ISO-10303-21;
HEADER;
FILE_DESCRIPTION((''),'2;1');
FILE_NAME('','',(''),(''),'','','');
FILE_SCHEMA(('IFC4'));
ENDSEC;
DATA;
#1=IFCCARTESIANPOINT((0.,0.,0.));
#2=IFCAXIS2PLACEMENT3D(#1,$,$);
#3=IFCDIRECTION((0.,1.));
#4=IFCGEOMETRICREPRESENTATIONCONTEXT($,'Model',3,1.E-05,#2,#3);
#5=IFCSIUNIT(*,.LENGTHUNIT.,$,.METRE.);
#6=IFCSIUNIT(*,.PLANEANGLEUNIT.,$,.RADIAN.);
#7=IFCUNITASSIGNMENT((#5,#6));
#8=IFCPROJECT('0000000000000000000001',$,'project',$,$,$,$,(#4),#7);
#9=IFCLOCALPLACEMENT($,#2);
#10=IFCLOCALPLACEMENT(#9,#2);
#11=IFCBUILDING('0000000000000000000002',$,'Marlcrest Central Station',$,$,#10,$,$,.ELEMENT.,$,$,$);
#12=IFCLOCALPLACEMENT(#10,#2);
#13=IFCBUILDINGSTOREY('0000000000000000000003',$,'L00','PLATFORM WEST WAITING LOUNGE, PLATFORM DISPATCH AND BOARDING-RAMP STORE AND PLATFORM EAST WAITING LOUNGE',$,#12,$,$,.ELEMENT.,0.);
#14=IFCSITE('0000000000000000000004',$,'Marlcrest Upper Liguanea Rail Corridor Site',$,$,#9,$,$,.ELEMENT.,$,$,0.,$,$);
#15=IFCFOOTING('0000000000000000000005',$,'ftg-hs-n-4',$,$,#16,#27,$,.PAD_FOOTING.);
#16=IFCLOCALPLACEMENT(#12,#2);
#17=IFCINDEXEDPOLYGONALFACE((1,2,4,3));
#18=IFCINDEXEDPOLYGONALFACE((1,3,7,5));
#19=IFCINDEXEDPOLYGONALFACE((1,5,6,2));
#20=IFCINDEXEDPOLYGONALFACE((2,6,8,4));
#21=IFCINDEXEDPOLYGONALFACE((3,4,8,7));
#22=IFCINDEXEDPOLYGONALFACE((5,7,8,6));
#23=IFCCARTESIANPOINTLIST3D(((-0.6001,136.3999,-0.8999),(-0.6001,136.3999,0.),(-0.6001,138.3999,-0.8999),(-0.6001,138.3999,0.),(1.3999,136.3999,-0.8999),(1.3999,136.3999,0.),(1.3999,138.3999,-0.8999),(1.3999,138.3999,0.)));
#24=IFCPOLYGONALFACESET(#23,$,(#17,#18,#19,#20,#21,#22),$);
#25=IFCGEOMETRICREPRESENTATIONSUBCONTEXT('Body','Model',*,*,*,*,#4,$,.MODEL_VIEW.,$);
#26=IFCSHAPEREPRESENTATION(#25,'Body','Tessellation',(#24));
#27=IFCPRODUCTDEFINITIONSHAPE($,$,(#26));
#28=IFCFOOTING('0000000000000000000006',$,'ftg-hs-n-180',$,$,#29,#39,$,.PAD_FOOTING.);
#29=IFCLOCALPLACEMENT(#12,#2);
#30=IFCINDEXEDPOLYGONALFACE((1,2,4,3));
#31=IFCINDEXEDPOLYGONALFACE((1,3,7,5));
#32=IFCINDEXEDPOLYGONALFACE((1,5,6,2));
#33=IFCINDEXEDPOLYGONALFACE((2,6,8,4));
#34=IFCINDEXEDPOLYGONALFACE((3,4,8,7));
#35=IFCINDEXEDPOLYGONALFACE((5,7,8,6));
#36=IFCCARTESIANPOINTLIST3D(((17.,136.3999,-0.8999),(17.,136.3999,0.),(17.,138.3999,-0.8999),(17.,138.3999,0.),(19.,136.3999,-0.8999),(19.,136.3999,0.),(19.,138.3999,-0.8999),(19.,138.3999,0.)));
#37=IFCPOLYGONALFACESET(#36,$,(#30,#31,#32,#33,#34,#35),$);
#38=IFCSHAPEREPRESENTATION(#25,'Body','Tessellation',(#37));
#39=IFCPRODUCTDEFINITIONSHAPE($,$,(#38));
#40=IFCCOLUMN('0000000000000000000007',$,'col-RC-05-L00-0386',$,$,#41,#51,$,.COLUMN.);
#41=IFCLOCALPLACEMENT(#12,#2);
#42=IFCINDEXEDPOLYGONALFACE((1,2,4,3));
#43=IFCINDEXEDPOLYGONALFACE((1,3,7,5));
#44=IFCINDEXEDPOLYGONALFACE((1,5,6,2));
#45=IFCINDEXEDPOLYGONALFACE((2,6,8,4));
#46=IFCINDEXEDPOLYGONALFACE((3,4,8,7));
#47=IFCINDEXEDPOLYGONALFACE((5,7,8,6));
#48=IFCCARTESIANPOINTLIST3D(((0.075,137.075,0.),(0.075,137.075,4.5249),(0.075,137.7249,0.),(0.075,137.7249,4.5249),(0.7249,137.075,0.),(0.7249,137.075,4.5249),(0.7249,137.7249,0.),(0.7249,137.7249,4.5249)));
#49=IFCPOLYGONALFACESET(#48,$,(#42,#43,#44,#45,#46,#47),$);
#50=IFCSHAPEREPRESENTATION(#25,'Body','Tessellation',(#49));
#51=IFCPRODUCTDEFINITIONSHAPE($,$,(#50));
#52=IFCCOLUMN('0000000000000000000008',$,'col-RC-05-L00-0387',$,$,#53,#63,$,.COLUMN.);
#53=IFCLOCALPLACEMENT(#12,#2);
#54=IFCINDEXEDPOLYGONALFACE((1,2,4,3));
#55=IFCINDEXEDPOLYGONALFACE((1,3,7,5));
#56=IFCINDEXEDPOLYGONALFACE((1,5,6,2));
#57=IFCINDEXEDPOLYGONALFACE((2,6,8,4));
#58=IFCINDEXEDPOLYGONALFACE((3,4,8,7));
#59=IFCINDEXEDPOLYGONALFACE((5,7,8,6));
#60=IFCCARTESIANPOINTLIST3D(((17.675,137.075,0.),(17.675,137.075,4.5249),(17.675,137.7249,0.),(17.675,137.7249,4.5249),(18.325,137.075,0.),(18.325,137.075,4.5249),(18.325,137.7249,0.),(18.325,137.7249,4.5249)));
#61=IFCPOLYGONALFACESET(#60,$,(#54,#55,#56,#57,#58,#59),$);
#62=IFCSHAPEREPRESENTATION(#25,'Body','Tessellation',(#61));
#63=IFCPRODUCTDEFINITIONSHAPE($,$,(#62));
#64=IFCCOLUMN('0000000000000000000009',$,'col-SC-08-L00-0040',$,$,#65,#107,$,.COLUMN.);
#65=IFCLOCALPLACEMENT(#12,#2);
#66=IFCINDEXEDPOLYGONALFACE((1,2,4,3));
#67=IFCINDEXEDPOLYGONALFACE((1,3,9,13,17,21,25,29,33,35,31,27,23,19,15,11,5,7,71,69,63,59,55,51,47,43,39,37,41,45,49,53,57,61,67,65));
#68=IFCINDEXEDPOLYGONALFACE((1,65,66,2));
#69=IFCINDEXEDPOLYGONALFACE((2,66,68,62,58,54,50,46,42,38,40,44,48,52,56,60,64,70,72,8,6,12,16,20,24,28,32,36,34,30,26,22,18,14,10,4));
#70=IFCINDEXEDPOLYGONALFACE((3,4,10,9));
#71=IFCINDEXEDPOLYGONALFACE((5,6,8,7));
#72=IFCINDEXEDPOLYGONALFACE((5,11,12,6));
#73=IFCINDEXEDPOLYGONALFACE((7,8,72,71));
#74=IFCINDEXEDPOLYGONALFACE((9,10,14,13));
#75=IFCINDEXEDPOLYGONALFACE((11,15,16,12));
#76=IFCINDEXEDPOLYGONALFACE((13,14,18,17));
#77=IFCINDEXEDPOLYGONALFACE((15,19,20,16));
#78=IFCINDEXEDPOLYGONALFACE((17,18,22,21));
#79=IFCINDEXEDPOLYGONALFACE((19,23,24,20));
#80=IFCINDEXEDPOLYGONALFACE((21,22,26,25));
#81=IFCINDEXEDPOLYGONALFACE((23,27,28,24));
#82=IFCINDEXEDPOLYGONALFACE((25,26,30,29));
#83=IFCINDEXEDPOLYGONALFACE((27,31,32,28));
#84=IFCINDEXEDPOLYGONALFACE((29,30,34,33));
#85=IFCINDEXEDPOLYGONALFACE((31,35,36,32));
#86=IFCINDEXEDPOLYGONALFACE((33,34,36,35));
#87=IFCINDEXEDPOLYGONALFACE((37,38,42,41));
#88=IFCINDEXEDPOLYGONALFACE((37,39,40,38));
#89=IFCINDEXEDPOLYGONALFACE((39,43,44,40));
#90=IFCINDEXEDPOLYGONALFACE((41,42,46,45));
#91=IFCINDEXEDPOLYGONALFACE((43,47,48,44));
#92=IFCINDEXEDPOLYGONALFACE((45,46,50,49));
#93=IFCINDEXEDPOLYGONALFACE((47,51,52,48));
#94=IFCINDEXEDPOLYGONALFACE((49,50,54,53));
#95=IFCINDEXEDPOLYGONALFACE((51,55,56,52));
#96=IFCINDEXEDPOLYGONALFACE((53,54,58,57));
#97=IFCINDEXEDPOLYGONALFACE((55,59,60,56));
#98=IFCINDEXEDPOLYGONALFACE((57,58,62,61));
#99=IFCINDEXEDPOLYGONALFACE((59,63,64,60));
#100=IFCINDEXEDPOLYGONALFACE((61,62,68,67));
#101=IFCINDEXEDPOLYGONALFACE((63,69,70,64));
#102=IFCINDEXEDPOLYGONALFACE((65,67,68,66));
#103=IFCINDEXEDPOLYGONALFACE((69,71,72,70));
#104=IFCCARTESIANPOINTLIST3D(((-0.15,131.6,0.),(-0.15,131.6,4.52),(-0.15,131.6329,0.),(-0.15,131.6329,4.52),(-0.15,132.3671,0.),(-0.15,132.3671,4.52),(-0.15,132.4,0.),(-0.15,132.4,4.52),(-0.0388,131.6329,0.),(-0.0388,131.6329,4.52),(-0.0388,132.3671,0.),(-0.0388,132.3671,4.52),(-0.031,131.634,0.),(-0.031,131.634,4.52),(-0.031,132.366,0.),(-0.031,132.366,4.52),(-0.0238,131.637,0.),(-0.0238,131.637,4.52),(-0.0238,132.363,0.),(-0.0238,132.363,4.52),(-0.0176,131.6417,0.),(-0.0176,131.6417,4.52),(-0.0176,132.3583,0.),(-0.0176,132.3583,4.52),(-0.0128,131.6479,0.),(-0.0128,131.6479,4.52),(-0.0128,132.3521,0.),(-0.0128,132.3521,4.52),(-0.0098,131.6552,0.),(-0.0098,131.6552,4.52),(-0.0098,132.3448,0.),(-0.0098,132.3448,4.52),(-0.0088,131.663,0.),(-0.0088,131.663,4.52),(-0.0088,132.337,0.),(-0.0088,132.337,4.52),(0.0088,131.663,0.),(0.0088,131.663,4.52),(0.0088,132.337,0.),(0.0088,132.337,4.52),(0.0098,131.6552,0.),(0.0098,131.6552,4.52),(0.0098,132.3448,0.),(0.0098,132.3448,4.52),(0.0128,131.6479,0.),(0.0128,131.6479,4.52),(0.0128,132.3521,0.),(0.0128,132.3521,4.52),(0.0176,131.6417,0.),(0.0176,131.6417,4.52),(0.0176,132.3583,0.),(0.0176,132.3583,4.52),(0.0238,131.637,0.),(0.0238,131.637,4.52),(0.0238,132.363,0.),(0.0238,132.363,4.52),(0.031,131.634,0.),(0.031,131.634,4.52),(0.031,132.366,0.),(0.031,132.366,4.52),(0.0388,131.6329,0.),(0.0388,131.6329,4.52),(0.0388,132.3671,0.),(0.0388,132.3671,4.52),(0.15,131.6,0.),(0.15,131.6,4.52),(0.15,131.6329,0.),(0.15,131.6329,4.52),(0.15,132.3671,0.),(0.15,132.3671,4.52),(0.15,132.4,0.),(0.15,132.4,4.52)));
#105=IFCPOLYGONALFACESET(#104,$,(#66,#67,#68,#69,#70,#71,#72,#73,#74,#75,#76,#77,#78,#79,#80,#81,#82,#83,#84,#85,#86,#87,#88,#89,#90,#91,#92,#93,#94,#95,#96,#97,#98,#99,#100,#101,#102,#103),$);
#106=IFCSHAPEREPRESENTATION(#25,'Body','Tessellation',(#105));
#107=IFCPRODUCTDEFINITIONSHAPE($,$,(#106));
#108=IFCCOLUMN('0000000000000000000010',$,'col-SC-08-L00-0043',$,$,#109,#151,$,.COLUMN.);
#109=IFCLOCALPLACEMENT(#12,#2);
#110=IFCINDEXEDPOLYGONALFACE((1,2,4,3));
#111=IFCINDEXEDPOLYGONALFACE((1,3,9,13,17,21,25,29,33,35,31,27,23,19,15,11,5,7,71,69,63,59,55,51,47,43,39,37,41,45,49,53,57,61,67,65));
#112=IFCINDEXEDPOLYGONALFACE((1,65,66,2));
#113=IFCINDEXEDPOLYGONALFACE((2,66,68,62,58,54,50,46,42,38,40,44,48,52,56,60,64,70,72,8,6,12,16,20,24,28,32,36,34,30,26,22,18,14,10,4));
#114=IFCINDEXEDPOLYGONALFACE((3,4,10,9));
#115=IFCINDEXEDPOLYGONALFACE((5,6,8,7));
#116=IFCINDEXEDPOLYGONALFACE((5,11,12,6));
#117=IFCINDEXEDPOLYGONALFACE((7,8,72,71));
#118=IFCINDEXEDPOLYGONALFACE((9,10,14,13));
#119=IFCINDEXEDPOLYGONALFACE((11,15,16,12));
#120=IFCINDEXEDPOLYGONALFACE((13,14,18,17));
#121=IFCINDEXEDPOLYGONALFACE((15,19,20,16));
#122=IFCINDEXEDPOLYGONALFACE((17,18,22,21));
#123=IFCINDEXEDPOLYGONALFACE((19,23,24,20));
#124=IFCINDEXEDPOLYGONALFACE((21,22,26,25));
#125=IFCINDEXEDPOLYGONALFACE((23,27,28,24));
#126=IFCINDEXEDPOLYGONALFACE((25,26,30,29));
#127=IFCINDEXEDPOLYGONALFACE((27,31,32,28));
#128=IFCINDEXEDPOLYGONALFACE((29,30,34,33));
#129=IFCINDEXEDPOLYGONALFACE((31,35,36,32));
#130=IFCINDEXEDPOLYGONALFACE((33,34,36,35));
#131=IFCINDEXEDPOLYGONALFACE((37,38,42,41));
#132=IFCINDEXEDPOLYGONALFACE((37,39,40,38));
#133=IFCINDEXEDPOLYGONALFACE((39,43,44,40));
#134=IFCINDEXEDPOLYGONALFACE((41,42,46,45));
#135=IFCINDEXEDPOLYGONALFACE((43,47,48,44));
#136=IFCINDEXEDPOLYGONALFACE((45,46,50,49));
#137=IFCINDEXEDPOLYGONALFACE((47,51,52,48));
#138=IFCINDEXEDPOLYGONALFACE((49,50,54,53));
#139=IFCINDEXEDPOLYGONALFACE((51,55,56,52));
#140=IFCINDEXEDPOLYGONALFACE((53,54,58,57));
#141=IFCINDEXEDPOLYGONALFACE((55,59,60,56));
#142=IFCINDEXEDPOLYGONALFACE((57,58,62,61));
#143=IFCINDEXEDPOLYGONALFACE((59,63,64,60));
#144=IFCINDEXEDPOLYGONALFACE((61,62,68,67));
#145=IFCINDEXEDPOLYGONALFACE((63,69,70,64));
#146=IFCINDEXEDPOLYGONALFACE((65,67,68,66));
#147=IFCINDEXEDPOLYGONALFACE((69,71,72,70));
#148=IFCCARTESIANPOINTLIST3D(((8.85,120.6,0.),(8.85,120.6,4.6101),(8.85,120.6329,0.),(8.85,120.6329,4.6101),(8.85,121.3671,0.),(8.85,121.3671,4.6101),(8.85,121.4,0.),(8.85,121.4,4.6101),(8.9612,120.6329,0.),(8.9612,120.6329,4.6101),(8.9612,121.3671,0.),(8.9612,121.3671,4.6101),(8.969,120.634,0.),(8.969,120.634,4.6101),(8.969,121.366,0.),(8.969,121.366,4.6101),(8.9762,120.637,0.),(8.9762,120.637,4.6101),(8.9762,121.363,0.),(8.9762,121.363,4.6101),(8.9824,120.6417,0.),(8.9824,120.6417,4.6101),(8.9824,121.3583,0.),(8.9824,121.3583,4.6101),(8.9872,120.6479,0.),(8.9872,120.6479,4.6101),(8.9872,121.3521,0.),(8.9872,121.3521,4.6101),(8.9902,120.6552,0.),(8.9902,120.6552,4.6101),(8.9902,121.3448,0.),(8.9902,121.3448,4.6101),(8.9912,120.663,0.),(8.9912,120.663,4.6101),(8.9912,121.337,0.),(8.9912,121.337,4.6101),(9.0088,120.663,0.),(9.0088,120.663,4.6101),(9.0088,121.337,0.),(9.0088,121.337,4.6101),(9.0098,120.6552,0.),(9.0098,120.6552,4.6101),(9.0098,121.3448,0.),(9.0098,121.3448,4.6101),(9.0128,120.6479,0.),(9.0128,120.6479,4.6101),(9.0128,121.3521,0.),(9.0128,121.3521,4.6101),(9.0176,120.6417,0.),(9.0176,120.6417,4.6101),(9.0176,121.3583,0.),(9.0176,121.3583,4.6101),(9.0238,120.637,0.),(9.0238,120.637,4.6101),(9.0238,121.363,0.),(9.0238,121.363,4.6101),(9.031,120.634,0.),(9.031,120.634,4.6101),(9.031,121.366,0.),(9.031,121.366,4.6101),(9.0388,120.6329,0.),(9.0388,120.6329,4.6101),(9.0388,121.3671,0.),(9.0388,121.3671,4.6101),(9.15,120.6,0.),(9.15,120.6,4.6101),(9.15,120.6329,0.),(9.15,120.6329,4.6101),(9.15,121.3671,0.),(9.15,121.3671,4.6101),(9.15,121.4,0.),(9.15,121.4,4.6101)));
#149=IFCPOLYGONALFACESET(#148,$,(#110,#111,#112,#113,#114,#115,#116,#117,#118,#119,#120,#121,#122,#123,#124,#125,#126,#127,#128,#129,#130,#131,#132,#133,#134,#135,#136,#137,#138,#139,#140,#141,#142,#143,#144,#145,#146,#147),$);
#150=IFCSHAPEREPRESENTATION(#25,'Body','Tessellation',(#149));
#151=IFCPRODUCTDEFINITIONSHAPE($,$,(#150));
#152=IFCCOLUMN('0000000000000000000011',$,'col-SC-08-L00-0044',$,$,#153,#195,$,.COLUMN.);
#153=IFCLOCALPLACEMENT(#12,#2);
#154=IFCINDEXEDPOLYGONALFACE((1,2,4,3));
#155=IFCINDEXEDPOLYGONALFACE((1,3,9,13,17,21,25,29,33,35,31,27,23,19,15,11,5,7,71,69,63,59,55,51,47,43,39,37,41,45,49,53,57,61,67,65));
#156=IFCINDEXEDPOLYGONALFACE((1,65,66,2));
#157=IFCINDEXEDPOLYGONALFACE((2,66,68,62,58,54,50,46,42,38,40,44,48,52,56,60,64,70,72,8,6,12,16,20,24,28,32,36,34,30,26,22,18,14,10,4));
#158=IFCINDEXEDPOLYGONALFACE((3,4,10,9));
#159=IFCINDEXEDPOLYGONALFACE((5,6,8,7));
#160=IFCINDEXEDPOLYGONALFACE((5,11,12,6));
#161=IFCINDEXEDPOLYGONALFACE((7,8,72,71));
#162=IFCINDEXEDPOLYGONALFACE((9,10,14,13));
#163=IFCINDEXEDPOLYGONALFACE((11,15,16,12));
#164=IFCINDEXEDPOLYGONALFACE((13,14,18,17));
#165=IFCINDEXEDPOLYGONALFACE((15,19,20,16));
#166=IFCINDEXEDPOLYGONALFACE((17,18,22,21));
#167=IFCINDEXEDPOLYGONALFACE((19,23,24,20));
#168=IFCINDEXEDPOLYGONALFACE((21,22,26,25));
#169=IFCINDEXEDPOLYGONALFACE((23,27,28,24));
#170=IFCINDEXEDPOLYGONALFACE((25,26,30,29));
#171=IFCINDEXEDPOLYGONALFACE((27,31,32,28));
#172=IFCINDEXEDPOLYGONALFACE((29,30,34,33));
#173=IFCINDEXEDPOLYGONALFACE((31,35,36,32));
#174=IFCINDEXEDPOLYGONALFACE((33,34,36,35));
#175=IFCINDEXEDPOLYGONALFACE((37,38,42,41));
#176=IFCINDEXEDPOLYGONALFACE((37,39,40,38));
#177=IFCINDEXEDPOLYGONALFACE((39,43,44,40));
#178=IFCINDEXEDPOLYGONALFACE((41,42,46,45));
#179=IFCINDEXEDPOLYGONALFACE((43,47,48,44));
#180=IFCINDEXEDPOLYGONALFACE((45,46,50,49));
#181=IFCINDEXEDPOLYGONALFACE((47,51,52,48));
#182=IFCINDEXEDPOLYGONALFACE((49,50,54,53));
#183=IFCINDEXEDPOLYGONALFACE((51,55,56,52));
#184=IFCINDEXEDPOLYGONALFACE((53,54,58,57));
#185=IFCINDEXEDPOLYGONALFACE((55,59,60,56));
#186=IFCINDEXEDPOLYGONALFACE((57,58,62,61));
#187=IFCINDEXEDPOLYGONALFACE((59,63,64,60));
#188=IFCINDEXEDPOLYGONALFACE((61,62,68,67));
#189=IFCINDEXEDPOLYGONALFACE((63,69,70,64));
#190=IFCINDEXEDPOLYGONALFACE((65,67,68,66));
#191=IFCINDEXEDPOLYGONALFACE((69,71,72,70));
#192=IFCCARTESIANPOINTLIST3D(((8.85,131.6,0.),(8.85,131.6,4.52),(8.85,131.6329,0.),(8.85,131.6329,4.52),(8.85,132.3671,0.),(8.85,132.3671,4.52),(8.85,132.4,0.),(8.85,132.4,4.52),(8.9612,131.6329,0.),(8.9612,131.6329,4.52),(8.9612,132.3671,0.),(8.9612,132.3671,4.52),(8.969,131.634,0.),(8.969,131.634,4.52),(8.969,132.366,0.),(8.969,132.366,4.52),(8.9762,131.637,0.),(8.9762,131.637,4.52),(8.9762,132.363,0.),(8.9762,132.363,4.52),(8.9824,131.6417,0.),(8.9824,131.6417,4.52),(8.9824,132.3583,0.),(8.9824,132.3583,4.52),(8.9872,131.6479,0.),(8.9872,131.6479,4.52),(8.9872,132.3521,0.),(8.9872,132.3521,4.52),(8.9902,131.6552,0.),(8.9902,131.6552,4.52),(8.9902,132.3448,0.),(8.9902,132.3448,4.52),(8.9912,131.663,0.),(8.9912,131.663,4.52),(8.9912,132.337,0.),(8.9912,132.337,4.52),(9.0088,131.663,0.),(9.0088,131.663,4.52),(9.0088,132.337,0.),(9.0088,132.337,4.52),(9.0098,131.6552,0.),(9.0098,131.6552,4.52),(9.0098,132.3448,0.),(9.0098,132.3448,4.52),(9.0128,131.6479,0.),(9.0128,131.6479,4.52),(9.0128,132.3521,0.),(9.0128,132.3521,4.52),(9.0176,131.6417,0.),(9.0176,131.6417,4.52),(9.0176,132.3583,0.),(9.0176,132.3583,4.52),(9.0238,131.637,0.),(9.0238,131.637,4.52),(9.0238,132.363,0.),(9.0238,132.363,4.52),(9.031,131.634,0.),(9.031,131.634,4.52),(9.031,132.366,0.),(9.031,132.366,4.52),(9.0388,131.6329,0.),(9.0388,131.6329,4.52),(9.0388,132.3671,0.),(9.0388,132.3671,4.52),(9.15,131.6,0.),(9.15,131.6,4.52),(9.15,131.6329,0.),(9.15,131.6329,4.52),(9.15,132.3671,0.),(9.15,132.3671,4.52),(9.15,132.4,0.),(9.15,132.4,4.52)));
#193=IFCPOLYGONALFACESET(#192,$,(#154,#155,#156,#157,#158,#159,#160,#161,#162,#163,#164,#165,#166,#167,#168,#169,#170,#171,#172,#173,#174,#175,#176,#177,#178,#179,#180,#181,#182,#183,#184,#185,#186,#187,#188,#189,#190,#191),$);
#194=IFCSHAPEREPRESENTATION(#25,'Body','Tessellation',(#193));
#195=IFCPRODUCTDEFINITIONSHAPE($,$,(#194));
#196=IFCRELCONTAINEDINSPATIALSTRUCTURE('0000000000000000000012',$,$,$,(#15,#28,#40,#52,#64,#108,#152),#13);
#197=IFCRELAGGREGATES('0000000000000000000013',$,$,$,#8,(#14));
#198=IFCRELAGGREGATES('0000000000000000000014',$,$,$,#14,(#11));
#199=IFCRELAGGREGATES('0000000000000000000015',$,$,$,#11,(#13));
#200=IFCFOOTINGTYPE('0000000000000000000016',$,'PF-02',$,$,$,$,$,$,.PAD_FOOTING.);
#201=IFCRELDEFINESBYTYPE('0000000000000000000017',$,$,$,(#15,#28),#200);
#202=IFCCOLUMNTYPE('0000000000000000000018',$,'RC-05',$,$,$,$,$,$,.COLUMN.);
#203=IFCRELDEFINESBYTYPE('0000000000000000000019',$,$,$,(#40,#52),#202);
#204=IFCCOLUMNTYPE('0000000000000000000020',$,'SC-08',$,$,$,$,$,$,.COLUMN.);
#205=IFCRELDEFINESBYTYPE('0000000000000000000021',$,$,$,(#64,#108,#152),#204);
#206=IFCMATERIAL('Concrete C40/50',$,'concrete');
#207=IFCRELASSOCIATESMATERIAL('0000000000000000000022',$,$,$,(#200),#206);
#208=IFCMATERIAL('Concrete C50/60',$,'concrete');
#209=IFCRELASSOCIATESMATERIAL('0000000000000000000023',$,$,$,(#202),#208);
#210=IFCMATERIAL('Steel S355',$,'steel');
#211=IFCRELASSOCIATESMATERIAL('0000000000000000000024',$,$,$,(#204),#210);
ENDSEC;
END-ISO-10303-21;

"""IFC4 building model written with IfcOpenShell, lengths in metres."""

from ifc_helpers import new_model, si_unit, direction, frame, origin, origin_2d, place, context, subcontext, project, spatial, rectangle, i_section, extrude, material, material_profile, profile_set, type_object, element, save


model = new_model("IFC4")

# Units and contexts
model_context = context("Model", 3, precision=1e-05, world=origin(), true_north=direction((0.0, 1.0)))
body_context = subcontext(model_context, "Body", "Model", "MODEL_VIEW")
ifc_project = project(units=[si_unit("LENGTHUNIT", "METRE"), si_unit("PLANEANGLEUNIT", "RADIAN")], contexts=[model_context])

# Site, building, storey
site_placement = place(None, origin())
site = spatial("IfcSite", under=ifc_project, at=site_placement, Name="Marlcrest Upper Liguanea Rail Corridor Site", CompositionType="ELEMENT", RefElevation=0.0)
building_placement = place(site_placement, origin())
building = spatial("IfcBuilding", under=site, at=building_placement, Name="Marlcrest Central Station", CompositionType="ELEMENT")
storey_placement = place(building_placement, origin())
storey = spatial("IfcBuildingStorey", under=building, at=storey_placement, Name="L00", Description="PLATFORM WEST WAITING LOUNGE, PLATFORM DISPATCH AND BOARDING-RAMP STORE AND PLATFORM EAST WAITING LOUNGE", CompositionType="ELEMENT", Elevation=0.0)

# Footings
ifc_material_1 = material(Name="Concrete C40/50", Category="concrete")
footing_type = type_object("IfcFootingType", Name="PF-02", PredefinedType="PAD_FOOTING", material=ifc_material_1)
for number, where, z_axis, x_axis, name in (
    (1, (0.3999, 137.3999, -0.8999), (0.0, 0.0, 1.0), (1.0, 0.0, 0.0), "ftg-hs-n-4"),
    (2, (18.0, 137.3999, -0.8999), (0.0, 0.0, 1.0), (1.0, 0.0, 0.0), "ftg-hs-n-180"),
):
    element("IfcFooting", number, at=place(storey_placement, frame(where, z_axis=z_axis, x_axis=x_axis)), inside=storey, type_object=footing_type, Name=name, PredefinedType="PAD_FOOTING", context=body_context, shape_type="SweptSolid", body=[
        extrude(rectangle(XDim=2.0, YDim=2.0, at=origin_2d()), origin(), (0.0, 0.0, 1.0), 0.8999),
    ])

# Columns
ifc_material_2 = material(Name="Concrete C50/60", Category="concrete")
ifc_material_profile_1 = material_profile(ifc_material_2, rectangle(XDim=0.6499, YDim=0.6499, at=origin_2d()), Name="RC 650x650")
ifc_profile_set_1 = profile_set([ifc_material_profile_1], Name="Concrete C50/60")
column_type_1 = type_object("IfcColumnType", Name="RC-05", PredefinedType="COLUMN", material=ifc_profile_set_1)
for number, where, z_axis, x_axis, name in (
    (3, (0.3999, 137.3999, 0.0), (0.0, 0.0, 1.0), (1.0, 0.0, 0.0), "col-RC-05-L00-0386"),
    (4, (18.0, 137.3999, 0.0), (0.0, 0.0, 1.0), (1.0, 0.0, 0.0), "col-RC-05-L00-0387"),
):
    element("IfcColumn", number, at=place(storey_placement, frame(where, z_axis=z_axis, x_axis=x_axis)), inside=storey, type_object=column_type_1, Name=name, PredefinedType="COLUMN", context=body_context, shape_type="SweptSolid", body=[
        extrude(rectangle(XDim=0.6499, YDim=0.6499, at=origin_2d()), origin(), (0.0, 0.0, 1.0), 4.5249),
    ])
ifc_material_3 = material(Name="Steel S355", Category="steel")
ifc_material_profile_2 = material_profile(ifc_material_3, i_section(OverallWidth=0.3, OverallDepth=0.8, WebThickness=0.0176, FlangeThickness=0.033, FilletRadius=0.03, at=origin_2d()), Name="HEB 800")
ifc_profile_set_2 = profile_set([ifc_material_profile_2], Name="Steel S355")
column_type_2 = type_object("IfcColumnType", Name="SC-08", PredefinedType="COLUMN", material=ifc_profile_set_2)
column_1_placement = place(storey_placement, frame((0.0, 132.0, 0.0), z_axis=(0.0, 0.0, 1.0), x_axis=(1.0, 0.0, 0.0)))
element("IfcColumn", 5, at=column_1_placement, inside=storey, type_object=column_type_2, Name="col-SC-08-L00-0040", PredefinedType="COLUMN", context=body_context, shape_type="SweptSolid", body=[
    extrude(i_section(OverallWidth=0.3, OverallDepth=0.8, WebThickness=0.0176, FlangeThickness=0.033, FilletRadius=0.03, at=origin_2d()), origin(), (0.0, 0.0, 1.0), 4.52),
])
column_2_placement = place(storey_placement, frame((9.0, 121.0, 0.0), z_axis=(0.0, 0.0, 1.0), x_axis=(1.0, 0.0, 0.0)))
element("IfcColumn", 6, at=column_2_placement, inside=storey, type_object=column_type_2, Name="col-SC-08-L00-0043", PredefinedType="COLUMN", context=body_context, shape_type="SweptSolid", body=[
    extrude(i_section(OverallWidth=0.3, OverallDepth=0.8, WebThickness=0.0176, FlangeThickness=0.033, FilletRadius=0.03, at=origin_2d()), origin(), (0.0, 0.0, 1.0), 4.6101),
])
column_3_placement = place(storey_placement, frame((9.0, 132.0, 0.0), z_axis=(0.0, 0.0, 1.0), x_axis=(1.0, 0.0, 0.0)))
element("IfcColumn", 7, at=column_3_placement, inside=storey, type_object=column_type_2, Name="col-SC-08-L00-0044", PredefinedType="COLUMN", context=body_context, shape_type="SweptSolid", body=[
    extrude(i_section(OverallWidth=0.3, OverallDepth=0.8, WebThickness=0.0176, FlangeThickness=0.033, FilletRadius=0.03, at=origin_2d()), origin(), (0.0, 0.0, 1.0), 4.52),
])

save(model, "model.ifc")
